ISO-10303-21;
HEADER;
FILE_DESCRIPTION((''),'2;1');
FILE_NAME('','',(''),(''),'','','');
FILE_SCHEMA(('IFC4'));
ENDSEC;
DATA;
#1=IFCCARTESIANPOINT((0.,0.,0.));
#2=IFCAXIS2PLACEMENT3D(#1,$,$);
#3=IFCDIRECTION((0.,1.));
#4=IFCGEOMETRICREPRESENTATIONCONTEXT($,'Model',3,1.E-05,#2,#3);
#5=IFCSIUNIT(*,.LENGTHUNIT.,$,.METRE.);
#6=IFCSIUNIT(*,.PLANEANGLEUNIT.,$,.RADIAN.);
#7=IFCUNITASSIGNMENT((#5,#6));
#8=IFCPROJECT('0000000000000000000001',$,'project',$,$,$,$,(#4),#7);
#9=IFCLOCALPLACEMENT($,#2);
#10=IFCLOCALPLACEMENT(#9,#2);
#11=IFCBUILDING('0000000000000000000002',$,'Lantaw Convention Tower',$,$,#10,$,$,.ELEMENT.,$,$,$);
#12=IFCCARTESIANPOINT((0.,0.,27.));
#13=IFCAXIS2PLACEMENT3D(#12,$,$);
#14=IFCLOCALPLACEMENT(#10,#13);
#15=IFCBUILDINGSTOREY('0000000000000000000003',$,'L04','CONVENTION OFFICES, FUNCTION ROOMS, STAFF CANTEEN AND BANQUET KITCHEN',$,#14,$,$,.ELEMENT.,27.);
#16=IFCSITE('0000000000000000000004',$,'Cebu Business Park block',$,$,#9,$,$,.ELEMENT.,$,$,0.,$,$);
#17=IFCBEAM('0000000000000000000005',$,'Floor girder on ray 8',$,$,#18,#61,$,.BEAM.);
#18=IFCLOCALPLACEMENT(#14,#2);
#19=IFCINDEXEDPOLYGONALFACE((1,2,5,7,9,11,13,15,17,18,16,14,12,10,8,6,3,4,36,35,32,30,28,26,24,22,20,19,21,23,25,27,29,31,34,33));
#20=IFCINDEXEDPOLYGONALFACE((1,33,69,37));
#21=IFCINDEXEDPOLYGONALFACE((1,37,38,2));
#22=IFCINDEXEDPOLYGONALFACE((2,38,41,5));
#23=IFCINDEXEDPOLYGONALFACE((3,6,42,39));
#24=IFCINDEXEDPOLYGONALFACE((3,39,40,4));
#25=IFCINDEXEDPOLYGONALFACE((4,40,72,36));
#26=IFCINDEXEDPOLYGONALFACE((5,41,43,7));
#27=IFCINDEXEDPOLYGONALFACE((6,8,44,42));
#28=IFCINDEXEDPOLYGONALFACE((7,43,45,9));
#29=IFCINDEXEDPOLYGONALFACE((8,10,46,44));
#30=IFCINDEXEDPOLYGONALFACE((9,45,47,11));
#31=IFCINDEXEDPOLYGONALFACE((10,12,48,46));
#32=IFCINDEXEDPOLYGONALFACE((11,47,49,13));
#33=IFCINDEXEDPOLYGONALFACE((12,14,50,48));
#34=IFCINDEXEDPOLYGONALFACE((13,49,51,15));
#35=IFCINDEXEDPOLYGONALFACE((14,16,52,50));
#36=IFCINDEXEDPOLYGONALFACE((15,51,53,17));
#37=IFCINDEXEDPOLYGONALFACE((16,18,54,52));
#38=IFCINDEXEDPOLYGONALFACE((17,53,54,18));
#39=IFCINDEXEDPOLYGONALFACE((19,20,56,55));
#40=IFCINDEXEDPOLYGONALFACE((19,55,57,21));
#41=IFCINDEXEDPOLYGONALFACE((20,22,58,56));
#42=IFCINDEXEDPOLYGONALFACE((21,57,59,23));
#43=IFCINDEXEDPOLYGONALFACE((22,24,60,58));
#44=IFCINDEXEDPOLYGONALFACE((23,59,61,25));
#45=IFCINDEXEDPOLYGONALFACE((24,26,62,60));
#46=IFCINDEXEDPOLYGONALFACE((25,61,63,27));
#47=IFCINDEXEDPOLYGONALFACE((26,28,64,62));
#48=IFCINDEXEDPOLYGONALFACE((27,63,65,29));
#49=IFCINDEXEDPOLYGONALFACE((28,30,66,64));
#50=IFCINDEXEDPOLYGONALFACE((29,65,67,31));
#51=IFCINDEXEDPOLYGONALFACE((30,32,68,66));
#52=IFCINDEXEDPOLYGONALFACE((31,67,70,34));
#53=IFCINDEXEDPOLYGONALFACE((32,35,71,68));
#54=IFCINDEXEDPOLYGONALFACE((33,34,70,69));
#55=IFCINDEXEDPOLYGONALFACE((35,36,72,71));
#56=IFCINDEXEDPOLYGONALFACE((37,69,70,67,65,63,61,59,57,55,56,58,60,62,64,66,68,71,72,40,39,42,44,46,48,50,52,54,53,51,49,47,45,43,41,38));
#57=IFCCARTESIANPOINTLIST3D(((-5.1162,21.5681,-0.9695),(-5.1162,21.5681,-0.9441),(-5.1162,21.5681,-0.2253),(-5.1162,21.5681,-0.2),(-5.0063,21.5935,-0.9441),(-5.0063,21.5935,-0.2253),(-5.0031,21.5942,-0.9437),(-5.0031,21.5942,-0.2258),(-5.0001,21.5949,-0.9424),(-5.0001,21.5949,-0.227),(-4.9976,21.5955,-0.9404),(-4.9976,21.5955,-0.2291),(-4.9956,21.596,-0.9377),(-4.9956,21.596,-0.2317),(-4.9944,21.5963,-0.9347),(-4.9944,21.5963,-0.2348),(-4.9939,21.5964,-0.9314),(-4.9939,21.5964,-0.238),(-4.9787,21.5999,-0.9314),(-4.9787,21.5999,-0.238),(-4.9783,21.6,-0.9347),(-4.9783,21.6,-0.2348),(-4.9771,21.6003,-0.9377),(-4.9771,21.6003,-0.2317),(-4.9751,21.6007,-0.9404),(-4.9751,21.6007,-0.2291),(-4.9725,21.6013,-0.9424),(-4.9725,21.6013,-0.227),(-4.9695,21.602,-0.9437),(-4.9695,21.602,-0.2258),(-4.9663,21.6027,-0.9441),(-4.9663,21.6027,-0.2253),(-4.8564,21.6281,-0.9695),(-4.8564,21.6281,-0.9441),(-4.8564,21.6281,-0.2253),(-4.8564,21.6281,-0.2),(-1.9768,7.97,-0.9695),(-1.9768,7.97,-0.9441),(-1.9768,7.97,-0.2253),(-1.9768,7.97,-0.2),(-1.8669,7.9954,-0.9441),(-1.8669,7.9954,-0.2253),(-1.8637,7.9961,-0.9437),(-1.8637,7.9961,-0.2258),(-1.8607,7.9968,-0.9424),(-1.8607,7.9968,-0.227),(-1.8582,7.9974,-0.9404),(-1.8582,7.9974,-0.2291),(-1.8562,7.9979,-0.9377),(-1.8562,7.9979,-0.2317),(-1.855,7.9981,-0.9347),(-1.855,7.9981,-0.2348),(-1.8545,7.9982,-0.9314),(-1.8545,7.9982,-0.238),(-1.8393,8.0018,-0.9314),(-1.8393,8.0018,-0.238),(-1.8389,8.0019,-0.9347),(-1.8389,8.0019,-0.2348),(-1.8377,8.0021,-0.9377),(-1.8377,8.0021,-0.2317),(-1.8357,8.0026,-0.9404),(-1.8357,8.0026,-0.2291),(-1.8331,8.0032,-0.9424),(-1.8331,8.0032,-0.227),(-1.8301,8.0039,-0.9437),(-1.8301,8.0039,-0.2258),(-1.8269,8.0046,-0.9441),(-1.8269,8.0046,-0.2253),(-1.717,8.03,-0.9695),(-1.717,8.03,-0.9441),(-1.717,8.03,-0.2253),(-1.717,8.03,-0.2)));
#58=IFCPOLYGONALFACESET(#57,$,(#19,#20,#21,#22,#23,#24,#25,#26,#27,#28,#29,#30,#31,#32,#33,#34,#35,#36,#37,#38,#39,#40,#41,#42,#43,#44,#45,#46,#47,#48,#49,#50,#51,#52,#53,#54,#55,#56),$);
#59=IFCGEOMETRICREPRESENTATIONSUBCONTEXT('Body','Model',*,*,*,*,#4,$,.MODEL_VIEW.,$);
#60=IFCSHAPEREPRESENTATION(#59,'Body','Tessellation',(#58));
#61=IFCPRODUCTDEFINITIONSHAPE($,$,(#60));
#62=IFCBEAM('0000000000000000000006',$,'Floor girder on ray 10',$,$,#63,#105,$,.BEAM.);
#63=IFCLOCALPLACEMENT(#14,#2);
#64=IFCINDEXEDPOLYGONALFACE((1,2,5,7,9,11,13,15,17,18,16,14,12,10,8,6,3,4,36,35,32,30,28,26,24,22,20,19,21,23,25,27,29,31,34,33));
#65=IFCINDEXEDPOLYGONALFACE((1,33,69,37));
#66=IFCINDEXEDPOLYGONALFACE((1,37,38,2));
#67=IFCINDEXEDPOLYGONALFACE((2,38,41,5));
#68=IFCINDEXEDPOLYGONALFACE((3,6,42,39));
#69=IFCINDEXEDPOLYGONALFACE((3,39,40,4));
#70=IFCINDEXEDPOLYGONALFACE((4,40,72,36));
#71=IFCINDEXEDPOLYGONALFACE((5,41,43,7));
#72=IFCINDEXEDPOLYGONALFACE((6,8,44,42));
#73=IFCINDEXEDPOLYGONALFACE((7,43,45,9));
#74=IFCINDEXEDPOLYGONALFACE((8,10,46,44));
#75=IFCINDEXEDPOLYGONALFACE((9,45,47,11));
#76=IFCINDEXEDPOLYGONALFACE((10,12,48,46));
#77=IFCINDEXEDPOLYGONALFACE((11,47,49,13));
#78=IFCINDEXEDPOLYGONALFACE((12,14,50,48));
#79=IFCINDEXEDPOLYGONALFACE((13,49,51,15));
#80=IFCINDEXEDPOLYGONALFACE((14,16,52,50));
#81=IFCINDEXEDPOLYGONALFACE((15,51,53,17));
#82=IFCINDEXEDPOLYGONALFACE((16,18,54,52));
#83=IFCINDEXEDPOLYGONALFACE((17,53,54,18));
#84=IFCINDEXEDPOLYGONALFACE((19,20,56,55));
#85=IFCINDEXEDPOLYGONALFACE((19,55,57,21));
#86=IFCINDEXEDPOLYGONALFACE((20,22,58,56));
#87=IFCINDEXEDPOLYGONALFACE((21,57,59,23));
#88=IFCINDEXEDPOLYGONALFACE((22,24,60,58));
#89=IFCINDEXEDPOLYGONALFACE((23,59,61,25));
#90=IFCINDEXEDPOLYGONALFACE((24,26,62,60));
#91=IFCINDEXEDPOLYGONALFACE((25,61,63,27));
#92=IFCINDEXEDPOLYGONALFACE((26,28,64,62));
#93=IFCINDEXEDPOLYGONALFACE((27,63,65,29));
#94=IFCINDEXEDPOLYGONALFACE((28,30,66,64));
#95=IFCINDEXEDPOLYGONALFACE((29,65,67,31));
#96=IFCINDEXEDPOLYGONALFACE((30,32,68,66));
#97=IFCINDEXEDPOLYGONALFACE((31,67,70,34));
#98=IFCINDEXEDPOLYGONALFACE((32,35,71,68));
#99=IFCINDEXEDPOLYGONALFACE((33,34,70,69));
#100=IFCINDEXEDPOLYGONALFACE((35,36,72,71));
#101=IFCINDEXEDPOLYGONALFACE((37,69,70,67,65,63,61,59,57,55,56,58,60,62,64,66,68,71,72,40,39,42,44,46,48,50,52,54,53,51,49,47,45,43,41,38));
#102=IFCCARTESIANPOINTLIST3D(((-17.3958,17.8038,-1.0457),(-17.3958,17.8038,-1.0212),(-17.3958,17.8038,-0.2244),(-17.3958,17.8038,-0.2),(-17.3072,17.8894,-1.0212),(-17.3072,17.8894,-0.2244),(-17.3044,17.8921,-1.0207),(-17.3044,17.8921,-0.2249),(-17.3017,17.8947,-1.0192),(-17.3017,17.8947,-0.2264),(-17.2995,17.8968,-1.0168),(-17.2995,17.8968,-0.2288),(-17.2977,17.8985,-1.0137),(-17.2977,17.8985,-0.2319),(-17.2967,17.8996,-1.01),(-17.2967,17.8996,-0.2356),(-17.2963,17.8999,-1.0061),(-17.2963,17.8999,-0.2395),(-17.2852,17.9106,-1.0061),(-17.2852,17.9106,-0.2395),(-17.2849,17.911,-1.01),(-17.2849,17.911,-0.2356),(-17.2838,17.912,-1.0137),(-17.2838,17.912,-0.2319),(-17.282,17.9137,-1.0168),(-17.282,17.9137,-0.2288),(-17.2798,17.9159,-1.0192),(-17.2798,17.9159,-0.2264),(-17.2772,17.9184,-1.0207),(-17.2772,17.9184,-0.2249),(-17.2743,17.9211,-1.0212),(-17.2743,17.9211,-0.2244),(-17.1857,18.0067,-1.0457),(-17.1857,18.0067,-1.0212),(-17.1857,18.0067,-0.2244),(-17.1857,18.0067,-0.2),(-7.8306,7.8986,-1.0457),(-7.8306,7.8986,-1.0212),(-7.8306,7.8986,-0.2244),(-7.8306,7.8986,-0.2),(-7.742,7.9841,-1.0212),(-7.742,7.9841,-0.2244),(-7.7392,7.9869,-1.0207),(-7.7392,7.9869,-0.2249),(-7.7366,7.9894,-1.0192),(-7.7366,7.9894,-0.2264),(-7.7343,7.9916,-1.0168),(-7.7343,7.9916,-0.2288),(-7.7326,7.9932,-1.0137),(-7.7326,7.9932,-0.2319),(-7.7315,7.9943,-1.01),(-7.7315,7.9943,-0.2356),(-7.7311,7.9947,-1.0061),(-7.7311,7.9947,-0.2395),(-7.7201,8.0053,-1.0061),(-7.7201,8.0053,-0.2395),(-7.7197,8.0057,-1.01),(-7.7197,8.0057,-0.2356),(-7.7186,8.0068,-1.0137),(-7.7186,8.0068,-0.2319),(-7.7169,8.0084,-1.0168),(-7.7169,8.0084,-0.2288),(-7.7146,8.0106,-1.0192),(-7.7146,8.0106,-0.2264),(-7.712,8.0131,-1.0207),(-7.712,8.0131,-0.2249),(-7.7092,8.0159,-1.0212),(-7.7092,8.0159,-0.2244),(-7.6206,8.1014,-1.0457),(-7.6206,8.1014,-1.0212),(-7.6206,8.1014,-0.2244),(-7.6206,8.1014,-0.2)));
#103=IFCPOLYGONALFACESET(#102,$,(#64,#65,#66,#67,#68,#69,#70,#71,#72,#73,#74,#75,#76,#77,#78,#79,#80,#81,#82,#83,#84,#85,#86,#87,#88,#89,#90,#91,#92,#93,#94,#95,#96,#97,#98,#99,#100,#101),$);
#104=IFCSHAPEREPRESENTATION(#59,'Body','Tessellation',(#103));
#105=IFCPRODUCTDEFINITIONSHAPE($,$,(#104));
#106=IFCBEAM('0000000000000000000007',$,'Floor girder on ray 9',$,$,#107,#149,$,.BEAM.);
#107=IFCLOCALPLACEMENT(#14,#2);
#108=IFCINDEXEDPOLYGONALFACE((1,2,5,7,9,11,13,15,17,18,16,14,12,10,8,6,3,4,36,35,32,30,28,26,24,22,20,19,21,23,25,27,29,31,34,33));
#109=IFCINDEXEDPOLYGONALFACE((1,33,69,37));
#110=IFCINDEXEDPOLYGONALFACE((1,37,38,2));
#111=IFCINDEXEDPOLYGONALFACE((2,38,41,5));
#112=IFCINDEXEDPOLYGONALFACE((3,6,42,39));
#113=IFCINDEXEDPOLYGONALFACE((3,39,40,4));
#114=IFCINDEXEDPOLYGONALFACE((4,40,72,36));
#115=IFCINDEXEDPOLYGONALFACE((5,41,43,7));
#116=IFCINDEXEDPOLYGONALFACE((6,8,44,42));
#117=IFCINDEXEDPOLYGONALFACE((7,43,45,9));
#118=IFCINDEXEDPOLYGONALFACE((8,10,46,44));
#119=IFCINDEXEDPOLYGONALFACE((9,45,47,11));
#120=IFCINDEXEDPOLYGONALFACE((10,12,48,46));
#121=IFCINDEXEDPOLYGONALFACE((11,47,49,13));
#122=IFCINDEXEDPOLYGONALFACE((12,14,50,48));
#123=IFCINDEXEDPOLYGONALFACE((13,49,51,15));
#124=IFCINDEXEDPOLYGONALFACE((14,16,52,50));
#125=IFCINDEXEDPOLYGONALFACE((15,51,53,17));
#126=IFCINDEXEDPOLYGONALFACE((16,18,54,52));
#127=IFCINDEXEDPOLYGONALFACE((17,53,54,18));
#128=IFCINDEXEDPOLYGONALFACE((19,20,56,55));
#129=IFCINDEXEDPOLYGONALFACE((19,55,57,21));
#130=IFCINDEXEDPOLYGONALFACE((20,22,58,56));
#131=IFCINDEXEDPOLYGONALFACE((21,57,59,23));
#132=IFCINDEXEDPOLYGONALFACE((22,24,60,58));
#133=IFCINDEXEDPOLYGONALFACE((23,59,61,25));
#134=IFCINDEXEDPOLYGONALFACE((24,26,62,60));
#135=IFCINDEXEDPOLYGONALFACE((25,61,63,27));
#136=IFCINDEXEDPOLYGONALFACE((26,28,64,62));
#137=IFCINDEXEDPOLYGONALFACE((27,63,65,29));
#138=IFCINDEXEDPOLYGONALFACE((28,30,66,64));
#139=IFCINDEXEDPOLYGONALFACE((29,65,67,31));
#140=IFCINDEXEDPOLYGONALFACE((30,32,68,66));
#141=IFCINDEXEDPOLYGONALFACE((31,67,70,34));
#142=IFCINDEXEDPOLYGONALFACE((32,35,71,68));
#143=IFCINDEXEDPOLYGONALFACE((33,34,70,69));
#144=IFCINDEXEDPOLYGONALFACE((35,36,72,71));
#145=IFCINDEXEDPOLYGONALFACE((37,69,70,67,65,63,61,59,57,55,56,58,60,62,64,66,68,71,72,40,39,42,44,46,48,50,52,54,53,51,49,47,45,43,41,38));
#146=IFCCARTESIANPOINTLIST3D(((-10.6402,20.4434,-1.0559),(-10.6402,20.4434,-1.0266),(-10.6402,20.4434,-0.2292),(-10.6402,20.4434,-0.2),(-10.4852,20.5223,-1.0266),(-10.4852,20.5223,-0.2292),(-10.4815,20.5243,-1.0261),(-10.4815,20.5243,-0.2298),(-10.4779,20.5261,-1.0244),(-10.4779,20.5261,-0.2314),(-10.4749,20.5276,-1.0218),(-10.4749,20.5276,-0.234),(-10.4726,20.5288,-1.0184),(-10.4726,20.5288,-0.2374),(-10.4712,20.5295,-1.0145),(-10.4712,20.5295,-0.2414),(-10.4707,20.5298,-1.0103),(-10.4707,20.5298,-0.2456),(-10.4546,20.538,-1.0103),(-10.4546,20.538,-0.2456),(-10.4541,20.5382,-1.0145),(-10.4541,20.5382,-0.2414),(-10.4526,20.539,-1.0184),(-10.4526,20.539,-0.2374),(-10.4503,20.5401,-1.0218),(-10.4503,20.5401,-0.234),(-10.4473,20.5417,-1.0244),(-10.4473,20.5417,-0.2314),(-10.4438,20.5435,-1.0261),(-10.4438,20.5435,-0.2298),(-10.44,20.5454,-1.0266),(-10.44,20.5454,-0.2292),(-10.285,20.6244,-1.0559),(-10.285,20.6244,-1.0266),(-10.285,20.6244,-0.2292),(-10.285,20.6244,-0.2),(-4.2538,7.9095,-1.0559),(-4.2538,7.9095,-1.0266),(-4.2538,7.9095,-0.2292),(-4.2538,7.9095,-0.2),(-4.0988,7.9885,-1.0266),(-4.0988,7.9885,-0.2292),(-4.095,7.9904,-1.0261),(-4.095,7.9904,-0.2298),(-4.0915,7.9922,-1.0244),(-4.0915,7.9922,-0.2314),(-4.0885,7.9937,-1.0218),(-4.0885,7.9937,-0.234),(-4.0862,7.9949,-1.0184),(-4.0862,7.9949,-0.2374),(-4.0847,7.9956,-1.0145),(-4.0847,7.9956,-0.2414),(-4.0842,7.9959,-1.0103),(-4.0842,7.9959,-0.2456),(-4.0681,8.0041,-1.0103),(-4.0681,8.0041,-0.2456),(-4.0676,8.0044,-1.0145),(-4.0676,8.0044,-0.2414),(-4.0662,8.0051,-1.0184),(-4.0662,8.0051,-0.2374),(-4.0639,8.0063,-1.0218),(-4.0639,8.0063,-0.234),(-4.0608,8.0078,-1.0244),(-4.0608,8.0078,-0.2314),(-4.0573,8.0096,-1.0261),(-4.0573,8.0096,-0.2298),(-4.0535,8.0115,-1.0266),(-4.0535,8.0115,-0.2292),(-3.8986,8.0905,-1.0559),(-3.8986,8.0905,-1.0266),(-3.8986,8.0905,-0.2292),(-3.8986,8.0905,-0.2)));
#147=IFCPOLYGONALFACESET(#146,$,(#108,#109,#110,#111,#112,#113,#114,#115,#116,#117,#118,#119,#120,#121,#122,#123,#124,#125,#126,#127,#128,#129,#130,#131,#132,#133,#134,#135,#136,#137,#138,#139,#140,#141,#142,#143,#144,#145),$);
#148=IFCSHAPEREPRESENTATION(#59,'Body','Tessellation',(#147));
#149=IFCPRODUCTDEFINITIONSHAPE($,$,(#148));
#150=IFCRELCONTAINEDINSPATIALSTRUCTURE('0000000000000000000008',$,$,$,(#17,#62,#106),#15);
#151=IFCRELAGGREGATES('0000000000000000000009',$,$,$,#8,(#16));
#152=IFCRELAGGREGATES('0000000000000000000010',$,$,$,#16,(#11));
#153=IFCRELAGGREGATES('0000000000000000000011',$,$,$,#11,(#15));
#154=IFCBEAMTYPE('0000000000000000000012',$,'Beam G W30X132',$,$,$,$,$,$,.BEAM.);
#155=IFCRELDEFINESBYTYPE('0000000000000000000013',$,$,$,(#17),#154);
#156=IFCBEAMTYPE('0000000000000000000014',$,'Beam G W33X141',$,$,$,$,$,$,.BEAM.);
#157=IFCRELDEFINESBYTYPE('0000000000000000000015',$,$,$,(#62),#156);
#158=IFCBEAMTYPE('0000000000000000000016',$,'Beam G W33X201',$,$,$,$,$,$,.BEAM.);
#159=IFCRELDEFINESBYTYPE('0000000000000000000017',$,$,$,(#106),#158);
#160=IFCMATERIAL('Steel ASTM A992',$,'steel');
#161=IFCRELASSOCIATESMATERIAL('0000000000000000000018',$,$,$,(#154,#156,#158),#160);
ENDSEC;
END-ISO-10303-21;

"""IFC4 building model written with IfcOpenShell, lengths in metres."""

from ifc_helpers import new_model, si_unit, direction, frame, origin, origin_2d, place, context, subcontext, project, spatial, i_section, extrude, material, material_profile, profile_set, type_object, element, save


model = new_model("IFC4")

# Units and contexts
model_context = context("Model", 3, precision=1e-05, world=origin(), true_north=direction((0.0, 1.0)))
body_context = subcontext(model_context, "Body", "Model", "MODEL_VIEW")
ifc_project = project(units=[si_unit("LENGTHUNIT", "METRE"), si_unit("PLANEANGLEUNIT", "RADIAN")], contexts=[model_context])

# Site, building, storey
site_placement = place(None, origin())
site = spatial("IfcSite", under=ifc_project, at=site_placement, Name="Cebu Business Park block", CompositionType="ELEMENT", RefElevation=0.0)
building_placement = place(site_placement, origin())
building = spatial("IfcBuilding", under=site, at=building_placement, Name="Lantaw Convention Tower", CompositionType="ELEMENT")
storey_placement = place(building_placement, frame((0.0, 0.0, 27.0)))
storey = spatial("IfcBuildingStorey", under=building, at=storey_placement, Name="L04", Description="CONVENTION OFFICES, FUNCTION ROOMS, STAFF CANTEEN AND BANQUET KITCHEN", CompositionType="ELEMENT", Elevation=27.0)

# Beams
ifc_material_1 = material(Name="Steel ASTM A992", Category="steel")
ifc_material_profile_1 = material_profile(ifc_material_1, i_section(OverallWidth=0.2666, OverallDepth=0.7695, WebThickness=0.0156, FlangeThickness=0.0254, FilletRadius=0.0127, at=origin_2d()), Name="W30X132")
ifc_profile_set_1 = profile_set([ifc_material_profile_1], Name="Steel ASTM A992")
beam_type_1 = type_object("IfcBeamType", Name="Beam G W30X132", PredefinedType="BEAM", material=ifc_profile_set_1)
beam_1_placement = place(storey_placement, frame((-1.8469, 8.0, -0.5847), z_axis=(-0.224953, 0.97437, 0.0), x_axis=(-0.97437, -0.224953, 0.0)))
element("IfcBeam", 1, at=beam_1_placement, inside=storey, type_object=beam_type_1, Name="Floor girder on ray 8", PredefinedType="BEAM", context=body_context, shape_type="SweptSolid", body=[
    extrude(i_section(OverallWidth=0.2666, OverallDepth=0.7695, WebThickness=0.0156, FlangeThickness=0.0254, FilletRadius=0.0127, at=origin_2d()), origin(), (0.0, 0.0, 1.0), 13.9558),
])
ifc_material_profile_2 = material_profile(ifc_material_1, i_section(OverallWidth=0.292, OverallDepth=0.8457, WebThickness=0.0154, FlangeThickness=0.0244, FilletRadius=0.0151, at=origin_2d()), Name="W33X141")
ifc_profile_set_2 = profile_set([ifc_material_profile_2], Name="Steel ASTM A992")
beam_type_2 = type_object("IfcBeamType", Name="Beam G W33X141", PredefinedType="BEAM", material=ifc_profile_set_2)
beam_2_placement = place(storey_placement, frame((-7.7256, 8.0, -0.6228), z_axis=(-0.69465, 0.719348, 0.0), x_axis=(-0.719348, -0.69465, 0.0)))
element("IfcBeam", 2, at=beam_2_placement, inside=storey, type_object=beam_type_2, Name="Floor girder on ray 10", PredefinedType="BEAM", context=body_context, shape_type="SweptSolid", body=[
    extrude(i_section(OverallWidth=0.292, OverallDepth=0.8457, WebThickness=0.0154, FlangeThickness=0.0244, FilletRadius=0.0151, at=origin_2d()), origin(), (0.0, 0.0, 1.0), 13.7698),
])
ifc_material_profile_3 = material_profile(ifc_material_1, i_section(OverallWidth=0.3987, OverallDepth=0.856, WebThickness=0.0181, FlangeThickness=0.0293, FilletRadius=0.0164, at=origin_2d()), Name="W33X201")
ifc_profile_set_3 = profile_set([ifc_material_profile_3], Name="Steel ASTM A992")
beam_type_3 = type_object("IfcBeamType", Name="Beam G W33X201", PredefinedType="BEAM", material=ifc_profile_set_3)
beam_3_placement = place(storey_placement, frame((-4.0762, 8.0, -0.6279), z_axis=(-0.453997, 0.891003, 0.0), x_axis=(-0.891003, -0.453997, 0.0)))
element("IfcBeam", 3, at=beam_3_placement, inside=storey, type_object=beam_type_3, Name="Floor girder on ray 9", PredefinedType="BEAM", context=body_context, shape_type="SweptSolid", body=[
    extrude(i_section(OverallWidth=0.3987, OverallDepth=0.856, WebThickness=0.0181, FlangeThickness=0.0293, FilletRadius=0.0164, at=origin_2d()), origin(), (0.0, 0.0, 1.0), 14.0671),
])

save(model, "model.ifc")
